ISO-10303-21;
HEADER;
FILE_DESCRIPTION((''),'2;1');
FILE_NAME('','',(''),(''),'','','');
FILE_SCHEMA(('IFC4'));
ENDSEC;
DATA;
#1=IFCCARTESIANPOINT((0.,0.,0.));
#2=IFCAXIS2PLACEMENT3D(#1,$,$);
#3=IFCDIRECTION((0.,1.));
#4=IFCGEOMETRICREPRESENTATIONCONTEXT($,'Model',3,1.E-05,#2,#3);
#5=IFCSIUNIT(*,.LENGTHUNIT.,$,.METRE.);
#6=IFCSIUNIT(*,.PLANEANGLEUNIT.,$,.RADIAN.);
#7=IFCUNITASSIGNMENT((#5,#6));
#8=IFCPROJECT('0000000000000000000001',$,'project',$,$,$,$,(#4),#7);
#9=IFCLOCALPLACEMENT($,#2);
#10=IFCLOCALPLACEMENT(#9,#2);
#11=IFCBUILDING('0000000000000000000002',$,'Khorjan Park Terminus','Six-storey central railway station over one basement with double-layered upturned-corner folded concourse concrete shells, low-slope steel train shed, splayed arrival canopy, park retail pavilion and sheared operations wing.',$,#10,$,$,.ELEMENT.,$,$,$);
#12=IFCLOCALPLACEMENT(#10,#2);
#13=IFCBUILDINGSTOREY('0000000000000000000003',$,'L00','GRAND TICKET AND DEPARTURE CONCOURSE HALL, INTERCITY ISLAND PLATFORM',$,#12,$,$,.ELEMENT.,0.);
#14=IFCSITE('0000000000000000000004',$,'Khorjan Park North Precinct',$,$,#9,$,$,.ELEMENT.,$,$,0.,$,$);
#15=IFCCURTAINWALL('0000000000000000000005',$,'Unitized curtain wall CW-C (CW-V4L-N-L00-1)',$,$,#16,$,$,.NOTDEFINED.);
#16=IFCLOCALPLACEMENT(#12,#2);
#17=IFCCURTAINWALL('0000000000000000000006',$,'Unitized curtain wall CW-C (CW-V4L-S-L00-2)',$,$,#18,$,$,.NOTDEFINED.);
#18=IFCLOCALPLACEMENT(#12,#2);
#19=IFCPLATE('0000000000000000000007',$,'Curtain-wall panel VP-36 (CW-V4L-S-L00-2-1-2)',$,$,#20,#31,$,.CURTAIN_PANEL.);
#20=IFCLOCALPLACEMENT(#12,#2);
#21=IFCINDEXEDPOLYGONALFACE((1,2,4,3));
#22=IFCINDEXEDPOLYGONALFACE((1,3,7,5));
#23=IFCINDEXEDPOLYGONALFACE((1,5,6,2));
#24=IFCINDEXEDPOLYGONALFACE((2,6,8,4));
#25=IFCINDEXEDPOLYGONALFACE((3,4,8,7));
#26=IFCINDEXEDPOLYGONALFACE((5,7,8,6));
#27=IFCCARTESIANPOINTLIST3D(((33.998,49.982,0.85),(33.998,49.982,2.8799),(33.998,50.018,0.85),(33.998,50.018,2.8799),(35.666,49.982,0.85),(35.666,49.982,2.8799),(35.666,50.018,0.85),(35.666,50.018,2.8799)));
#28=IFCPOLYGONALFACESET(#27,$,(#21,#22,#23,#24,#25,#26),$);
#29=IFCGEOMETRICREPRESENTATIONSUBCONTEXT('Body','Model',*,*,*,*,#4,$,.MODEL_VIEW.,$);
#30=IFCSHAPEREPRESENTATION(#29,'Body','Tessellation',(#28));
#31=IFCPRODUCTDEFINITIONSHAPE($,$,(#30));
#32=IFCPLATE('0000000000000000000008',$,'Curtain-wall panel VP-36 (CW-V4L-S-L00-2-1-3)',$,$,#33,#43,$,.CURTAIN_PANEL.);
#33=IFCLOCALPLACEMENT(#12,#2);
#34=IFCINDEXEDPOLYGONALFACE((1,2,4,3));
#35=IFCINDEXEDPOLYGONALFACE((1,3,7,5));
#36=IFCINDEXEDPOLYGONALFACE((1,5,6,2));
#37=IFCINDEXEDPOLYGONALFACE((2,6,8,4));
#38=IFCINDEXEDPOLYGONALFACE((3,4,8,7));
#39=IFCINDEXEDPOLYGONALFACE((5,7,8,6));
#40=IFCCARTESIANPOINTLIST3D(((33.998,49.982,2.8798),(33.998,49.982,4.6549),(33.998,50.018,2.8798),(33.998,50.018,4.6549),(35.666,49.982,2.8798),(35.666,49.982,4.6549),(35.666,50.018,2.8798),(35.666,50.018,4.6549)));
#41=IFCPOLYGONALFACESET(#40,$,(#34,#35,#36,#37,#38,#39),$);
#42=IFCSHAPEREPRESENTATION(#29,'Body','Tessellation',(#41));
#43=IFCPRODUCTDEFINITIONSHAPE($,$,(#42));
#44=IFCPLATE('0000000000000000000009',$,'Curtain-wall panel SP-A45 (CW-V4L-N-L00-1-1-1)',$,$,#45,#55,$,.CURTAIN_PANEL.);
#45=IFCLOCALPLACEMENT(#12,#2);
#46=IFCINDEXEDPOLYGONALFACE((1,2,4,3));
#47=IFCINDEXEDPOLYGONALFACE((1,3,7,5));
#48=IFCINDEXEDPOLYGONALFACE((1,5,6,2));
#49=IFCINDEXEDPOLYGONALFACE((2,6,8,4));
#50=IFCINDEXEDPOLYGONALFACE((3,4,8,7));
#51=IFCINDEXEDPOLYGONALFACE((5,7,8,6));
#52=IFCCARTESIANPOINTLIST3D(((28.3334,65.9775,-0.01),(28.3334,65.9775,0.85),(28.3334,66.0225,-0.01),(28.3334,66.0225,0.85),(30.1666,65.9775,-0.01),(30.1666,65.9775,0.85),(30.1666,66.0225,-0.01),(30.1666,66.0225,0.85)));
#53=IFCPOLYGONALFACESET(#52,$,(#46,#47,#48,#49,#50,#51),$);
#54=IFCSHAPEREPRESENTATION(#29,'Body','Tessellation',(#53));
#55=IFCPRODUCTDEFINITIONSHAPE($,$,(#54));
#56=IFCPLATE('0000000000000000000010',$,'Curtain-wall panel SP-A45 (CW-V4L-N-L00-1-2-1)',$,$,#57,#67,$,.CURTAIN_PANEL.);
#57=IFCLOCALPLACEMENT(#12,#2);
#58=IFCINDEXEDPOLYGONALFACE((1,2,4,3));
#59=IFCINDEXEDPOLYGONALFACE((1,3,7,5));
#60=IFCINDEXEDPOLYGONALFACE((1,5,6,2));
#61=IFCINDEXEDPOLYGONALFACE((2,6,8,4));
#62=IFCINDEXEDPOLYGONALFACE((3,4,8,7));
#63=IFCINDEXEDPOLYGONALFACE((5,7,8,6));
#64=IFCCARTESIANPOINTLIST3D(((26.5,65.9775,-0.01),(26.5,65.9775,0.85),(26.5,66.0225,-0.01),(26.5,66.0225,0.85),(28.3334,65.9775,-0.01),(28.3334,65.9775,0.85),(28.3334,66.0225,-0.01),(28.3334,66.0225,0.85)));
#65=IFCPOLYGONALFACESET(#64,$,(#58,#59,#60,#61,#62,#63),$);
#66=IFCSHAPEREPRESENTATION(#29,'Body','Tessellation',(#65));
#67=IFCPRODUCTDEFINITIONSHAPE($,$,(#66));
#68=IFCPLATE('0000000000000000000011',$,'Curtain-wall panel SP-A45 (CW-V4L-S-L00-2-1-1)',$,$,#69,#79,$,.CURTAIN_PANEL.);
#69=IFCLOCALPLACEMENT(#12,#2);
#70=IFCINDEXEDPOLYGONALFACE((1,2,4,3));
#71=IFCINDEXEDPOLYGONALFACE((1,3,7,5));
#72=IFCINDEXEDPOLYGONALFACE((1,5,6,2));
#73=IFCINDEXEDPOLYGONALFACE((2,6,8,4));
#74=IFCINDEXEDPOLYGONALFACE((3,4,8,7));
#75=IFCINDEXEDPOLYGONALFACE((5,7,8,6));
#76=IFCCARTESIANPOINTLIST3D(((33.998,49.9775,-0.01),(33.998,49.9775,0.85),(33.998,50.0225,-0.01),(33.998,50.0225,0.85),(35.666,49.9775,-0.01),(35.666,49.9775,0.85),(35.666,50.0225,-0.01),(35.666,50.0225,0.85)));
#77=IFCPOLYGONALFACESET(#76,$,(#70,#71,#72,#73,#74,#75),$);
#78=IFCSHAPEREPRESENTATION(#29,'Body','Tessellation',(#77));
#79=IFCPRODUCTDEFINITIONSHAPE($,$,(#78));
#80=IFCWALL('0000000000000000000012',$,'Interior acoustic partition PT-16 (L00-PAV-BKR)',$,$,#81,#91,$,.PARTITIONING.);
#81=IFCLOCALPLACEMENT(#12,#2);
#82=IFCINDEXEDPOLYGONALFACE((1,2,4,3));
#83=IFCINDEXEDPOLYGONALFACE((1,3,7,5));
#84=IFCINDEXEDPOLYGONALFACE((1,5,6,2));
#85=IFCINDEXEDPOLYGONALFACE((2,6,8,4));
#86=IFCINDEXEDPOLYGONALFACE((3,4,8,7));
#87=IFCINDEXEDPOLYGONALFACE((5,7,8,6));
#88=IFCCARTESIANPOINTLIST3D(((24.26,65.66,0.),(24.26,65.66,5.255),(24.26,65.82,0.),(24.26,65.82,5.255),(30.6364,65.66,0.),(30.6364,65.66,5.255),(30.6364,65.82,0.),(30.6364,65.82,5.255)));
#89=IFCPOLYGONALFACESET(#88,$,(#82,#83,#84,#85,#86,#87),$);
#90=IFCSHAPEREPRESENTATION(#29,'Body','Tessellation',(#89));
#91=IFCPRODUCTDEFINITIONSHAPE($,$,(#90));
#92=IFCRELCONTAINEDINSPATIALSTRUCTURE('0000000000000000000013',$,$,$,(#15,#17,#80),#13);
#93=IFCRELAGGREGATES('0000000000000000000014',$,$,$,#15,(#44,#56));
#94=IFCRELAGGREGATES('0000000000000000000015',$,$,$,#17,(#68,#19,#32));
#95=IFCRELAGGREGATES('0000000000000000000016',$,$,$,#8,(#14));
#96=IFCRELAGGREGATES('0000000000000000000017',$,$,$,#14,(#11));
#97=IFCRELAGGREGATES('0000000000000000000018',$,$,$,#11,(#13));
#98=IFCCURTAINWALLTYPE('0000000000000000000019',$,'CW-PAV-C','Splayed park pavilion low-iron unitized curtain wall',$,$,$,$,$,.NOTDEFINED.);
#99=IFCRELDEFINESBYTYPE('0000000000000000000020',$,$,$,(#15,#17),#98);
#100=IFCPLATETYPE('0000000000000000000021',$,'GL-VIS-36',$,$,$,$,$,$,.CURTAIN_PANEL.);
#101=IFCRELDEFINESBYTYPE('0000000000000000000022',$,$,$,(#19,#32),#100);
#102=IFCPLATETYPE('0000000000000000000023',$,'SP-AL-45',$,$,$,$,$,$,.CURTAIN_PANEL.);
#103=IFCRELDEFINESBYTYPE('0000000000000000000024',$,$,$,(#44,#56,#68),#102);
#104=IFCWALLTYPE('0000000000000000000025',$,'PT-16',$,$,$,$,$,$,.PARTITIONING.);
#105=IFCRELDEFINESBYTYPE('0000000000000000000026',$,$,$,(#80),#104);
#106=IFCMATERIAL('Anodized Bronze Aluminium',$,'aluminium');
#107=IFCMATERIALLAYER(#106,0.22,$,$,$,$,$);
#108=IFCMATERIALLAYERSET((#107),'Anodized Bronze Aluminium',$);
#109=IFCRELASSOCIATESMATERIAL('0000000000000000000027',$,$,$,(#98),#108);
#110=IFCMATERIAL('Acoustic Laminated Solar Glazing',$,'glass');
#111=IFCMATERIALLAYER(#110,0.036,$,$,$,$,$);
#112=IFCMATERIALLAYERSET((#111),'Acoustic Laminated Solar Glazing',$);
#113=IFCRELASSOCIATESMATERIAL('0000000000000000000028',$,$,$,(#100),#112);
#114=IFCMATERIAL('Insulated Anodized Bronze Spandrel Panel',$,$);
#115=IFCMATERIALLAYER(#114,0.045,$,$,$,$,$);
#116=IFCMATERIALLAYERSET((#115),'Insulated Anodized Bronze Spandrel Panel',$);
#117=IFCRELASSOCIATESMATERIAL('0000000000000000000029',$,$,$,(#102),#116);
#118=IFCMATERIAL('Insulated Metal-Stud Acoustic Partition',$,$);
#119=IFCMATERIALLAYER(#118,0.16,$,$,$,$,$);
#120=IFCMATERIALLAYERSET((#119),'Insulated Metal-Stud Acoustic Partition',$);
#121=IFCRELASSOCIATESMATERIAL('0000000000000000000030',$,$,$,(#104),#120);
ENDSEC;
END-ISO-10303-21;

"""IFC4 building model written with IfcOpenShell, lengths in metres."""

from ifc_helpers import new_model, si_unit, direction, frame, frame_2d, origin, origin_2d, place, context, subcontext, project, spatial, rectangle, extrude, material, layer, layer_set, type_object, element, aggregate, save


model = new_model("IFC4")

# Units and contexts
model_context = context("Model", 3, precision=1e-05, world=origin(), true_north=direction((0.0, 1.0)))
body_context = subcontext(model_context, "Body", "Model", "MODEL_VIEW")
ifc_project = project(units=[si_unit("LENGTHUNIT", "METRE"), si_unit("PLANEANGLEUNIT", "RADIAN")], contexts=[model_context])

# Site, building, storey
site_placement = place(None, origin())
site = spatial("IfcSite", under=ifc_project, at=site_placement, Name="Khorjan Park North Precinct", CompositionType="ELEMENT", RefElevation=0.0)
building_placement = place(site_placement, origin())
building = spatial("IfcBuilding", under=site, at=building_placement, Name="Khorjan Park Terminus", Description="Six-storey central railway station over one basement with double-layered upturned-corner folded concourse concrete shells, low-slope steel train shed, splayed arrival canopy, park retail pavilion and sheared operations wing.", CompositionType="ELEMENT")
storey_placement = place(building_placement, origin())
storey = spatial("IfcBuildingStorey", under=building, at=storey_placement, Name="L00", Description="GRAND TICKET AND DEPARTURE CONCOURSE HALL, INTERCITY ISLAND PLATFORM", CompositionType="ELEMENT", Elevation=0.0)

# Curtain wall
ifc_material_1 = material(Name="Anodized Bronze Aluminium", Category="aluminium")
ifc_layer_1 = layer(ifc_material_1, 0.22)
ifc_layer_set_1 = layer_set([ifc_layer_1], Name="Anodized Bronze Aluminium")
curtain_wall_type = type_object("IfcCurtainWallType", Name="CW-PAV-C", Description="Splayed park pavilion low-iron unitized curtain wall", PredefinedType="NOTDEFINED", material=ifc_layer_set_1)
curtain_wall_1_placement = place(storey_placement, origin())
curtain_wall_1 = element("IfcCurtainWall", 1, at=curtain_wall_1_placement, inside=storey, type_object=curtain_wall_type, Name="Unitized curtain wall CW-C (CW-V4L-N-L00-1)", PredefinedType="NOTDEFINED")

# Curtain wall
curtain_wall_2_placement = place(storey_placement, origin())
curtain_wall_2 = element("IfcCurtainWall", 2, at=curtain_wall_2_placement, inside=storey, type_object=curtain_wall_type, Name="Unitized curtain wall CW-C (CW-V4L-S-L00-2)", PredefinedType="NOTDEFINED")

# Plates
ifc_material_2 = material(Name="Acoustic Laminated Solar Glazing", Category="glass")
ifc_layer_2 = layer(ifc_material_2, 0.036)
ifc_layer_set_2 = layer_set([ifc_layer_2], Name="Acoustic Laminated Solar Glazing")
plate_type_1 = type_object("IfcPlateType", Name="GL-VIS-36", PredefinedType="CURTAIN_PANEL", material=ifc_layer_set_2)
plate_1_placement = place(storey_placement, frame((34.832, 50.0, 0.85), z_axis=(0.0, 0.0, 1.0), x_axis=(1.0, 0.0, 0.0)))
plate_1 = element("IfcPlate", 3, at=plate_1_placement, type_object=plate_type_1, Name="Curtain-wall panel VP-36 (CW-V4L-S-L00-2-1-2)", PredefinedType="CURTAIN_PANEL", context=body_context, shape_type="SweptSolid", body=[
    extrude(rectangle(XDim=1.668, YDim=0.036, at=origin_2d()), origin(), (0.0, 0.0, 1.0), 2.0299),
])
plate_2_placement = place(storey_placement, frame((34.832, 50.0, 2.8798), z_axis=(0.0, 0.0, 1.0), x_axis=(1.0, 0.0, 0.0)))
plate_2 = element("IfcPlate", 4, at=plate_2_placement, type_object=plate_type_1, Name="Curtain-wall panel VP-36 (CW-V4L-S-L00-2-1-3)", PredefinedType="CURTAIN_PANEL", context=body_context, shape_type="SweptSolid", body=[
    extrude(rectangle(XDim=1.668, YDim=0.036, at=origin_2d()), origin(), (0.0, 0.0, 1.0), 1.7751),
])
ifc_material_3 = material(Name="Insulated Anodized Bronze Spandrel Panel")
ifc_layer_3 = layer(ifc_material_3, 0.045)
ifc_layer_set_3 = layer_set([ifc_layer_3], Name="Insulated Anodized Bronze Spandrel Panel")
plate_type_2 = type_object("IfcPlateType", Name="SP-AL-45", PredefinedType="CURTAIN_PANEL", material=ifc_layer_set_3)
plate_3_placement = place(storey_placement, frame((29.25, 66.0, -0.01), z_axis=(0.0, 0.0, 1.0), x_axis=(-1.0, 0.0, 0.0)))
plate_3 = element("IfcPlate", 5, at=plate_3_placement, type_object=plate_type_2, Name="Curtain-wall panel SP-A45 (CW-V4L-N-L00-1-1-1)", PredefinedType="CURTAIN_PANEL", context=body_context, shape_type="SweptSolid", body=[
    extrude(rectangle(XDim=1.8333, YDim=0.045, at=origin_2d()), origin(), (0.0, 0.0, 1.0), 0.86),
])
plate_4_placement = place(storey_placement, frame((27.4167, 66.0, -0.01), z_axis=(0.0, 0.0, 1.0), x_axis=(-1.0, 0.0, 0.0)))
plate_4 = element("IfcPlate", 6, at=plate_4_placement, type_object=plate_type_2, Name="Curtain-wall panel SP-A45 (CW-V4L-N-L00-1-2-1)", PredefinedType="CURTAIN_PANEL", context=body_context, shape_type="SweptSolid", body=[
    extrude(rectangle(XDim=1.8333, YDim=0.045, at=origin_2d()), origin(), (0.0, 0.0, 1.0), 0.86),
])
aggregate(curtain_wall_1, [plate_3, plate_4])
plate_5_placement = place(storey_placement, frame((34.832, 50.0, -0.01), z_axis=(0.0, 0.0, 1.0), x_axis=(1.0, 0.0, 0.0)))
plate_5 = element("IfcPlate", 7, at=plate_5_placement, type_object=plate_type_2, Name="Curtain-wall panel SP-A45 (CW-V4L-S-L00-2-1-1)", PredefinedType="CURTAIN_PANEL", context=body_context, shape_type="SweptSolid", body=[
    extrude(rectangle(XDim=1.668, YDim=0.045, at=origin_2d()), origin(), (0.0, 0.0, 1.0), 0.86),
])
aggregate(curtain_wall_2, [plate_5, plate_1, plate_2])

# Wall
ifc_material_4 = material(Name="Insulated Metal-Stud Acoustic Partition")
ifc_layer_4 = layer(ifc_material_4, 0.16)
ifc_layer_set_4 = layer_set([ifc_layer_4], Name="Insulated Metal-Stud Acoustic Partition")
wall_type = type_object("IfcWallType", Name="PT-16", PredefinedType="PARTITIONING", material=ifc_layer_set_4)
wall_placement = place(storey_placement, frame((30.6364, 65.74, 0.0), z_axis=(0.0, 0.0, 1.0), x_axis=(-1.0, 0.0, 0.0)))
element("IfcWall", 8, at=wall_placement, inside=storey, type_object=wall_type, Name="Interior acoustic partition PT-16 (L00-PAV-BKR)", PredefinedType="PARTITIONING", context=body_context, shape_type="SweptSolid", body=[
    extrude(rectangle(XDim=6.3764, YDim=0.16, at=frame_2d((3.1882, 0.0))), origin(), (0.0, 0.0, 1.0), 5.255),
])

save(model, "model.ifc")
